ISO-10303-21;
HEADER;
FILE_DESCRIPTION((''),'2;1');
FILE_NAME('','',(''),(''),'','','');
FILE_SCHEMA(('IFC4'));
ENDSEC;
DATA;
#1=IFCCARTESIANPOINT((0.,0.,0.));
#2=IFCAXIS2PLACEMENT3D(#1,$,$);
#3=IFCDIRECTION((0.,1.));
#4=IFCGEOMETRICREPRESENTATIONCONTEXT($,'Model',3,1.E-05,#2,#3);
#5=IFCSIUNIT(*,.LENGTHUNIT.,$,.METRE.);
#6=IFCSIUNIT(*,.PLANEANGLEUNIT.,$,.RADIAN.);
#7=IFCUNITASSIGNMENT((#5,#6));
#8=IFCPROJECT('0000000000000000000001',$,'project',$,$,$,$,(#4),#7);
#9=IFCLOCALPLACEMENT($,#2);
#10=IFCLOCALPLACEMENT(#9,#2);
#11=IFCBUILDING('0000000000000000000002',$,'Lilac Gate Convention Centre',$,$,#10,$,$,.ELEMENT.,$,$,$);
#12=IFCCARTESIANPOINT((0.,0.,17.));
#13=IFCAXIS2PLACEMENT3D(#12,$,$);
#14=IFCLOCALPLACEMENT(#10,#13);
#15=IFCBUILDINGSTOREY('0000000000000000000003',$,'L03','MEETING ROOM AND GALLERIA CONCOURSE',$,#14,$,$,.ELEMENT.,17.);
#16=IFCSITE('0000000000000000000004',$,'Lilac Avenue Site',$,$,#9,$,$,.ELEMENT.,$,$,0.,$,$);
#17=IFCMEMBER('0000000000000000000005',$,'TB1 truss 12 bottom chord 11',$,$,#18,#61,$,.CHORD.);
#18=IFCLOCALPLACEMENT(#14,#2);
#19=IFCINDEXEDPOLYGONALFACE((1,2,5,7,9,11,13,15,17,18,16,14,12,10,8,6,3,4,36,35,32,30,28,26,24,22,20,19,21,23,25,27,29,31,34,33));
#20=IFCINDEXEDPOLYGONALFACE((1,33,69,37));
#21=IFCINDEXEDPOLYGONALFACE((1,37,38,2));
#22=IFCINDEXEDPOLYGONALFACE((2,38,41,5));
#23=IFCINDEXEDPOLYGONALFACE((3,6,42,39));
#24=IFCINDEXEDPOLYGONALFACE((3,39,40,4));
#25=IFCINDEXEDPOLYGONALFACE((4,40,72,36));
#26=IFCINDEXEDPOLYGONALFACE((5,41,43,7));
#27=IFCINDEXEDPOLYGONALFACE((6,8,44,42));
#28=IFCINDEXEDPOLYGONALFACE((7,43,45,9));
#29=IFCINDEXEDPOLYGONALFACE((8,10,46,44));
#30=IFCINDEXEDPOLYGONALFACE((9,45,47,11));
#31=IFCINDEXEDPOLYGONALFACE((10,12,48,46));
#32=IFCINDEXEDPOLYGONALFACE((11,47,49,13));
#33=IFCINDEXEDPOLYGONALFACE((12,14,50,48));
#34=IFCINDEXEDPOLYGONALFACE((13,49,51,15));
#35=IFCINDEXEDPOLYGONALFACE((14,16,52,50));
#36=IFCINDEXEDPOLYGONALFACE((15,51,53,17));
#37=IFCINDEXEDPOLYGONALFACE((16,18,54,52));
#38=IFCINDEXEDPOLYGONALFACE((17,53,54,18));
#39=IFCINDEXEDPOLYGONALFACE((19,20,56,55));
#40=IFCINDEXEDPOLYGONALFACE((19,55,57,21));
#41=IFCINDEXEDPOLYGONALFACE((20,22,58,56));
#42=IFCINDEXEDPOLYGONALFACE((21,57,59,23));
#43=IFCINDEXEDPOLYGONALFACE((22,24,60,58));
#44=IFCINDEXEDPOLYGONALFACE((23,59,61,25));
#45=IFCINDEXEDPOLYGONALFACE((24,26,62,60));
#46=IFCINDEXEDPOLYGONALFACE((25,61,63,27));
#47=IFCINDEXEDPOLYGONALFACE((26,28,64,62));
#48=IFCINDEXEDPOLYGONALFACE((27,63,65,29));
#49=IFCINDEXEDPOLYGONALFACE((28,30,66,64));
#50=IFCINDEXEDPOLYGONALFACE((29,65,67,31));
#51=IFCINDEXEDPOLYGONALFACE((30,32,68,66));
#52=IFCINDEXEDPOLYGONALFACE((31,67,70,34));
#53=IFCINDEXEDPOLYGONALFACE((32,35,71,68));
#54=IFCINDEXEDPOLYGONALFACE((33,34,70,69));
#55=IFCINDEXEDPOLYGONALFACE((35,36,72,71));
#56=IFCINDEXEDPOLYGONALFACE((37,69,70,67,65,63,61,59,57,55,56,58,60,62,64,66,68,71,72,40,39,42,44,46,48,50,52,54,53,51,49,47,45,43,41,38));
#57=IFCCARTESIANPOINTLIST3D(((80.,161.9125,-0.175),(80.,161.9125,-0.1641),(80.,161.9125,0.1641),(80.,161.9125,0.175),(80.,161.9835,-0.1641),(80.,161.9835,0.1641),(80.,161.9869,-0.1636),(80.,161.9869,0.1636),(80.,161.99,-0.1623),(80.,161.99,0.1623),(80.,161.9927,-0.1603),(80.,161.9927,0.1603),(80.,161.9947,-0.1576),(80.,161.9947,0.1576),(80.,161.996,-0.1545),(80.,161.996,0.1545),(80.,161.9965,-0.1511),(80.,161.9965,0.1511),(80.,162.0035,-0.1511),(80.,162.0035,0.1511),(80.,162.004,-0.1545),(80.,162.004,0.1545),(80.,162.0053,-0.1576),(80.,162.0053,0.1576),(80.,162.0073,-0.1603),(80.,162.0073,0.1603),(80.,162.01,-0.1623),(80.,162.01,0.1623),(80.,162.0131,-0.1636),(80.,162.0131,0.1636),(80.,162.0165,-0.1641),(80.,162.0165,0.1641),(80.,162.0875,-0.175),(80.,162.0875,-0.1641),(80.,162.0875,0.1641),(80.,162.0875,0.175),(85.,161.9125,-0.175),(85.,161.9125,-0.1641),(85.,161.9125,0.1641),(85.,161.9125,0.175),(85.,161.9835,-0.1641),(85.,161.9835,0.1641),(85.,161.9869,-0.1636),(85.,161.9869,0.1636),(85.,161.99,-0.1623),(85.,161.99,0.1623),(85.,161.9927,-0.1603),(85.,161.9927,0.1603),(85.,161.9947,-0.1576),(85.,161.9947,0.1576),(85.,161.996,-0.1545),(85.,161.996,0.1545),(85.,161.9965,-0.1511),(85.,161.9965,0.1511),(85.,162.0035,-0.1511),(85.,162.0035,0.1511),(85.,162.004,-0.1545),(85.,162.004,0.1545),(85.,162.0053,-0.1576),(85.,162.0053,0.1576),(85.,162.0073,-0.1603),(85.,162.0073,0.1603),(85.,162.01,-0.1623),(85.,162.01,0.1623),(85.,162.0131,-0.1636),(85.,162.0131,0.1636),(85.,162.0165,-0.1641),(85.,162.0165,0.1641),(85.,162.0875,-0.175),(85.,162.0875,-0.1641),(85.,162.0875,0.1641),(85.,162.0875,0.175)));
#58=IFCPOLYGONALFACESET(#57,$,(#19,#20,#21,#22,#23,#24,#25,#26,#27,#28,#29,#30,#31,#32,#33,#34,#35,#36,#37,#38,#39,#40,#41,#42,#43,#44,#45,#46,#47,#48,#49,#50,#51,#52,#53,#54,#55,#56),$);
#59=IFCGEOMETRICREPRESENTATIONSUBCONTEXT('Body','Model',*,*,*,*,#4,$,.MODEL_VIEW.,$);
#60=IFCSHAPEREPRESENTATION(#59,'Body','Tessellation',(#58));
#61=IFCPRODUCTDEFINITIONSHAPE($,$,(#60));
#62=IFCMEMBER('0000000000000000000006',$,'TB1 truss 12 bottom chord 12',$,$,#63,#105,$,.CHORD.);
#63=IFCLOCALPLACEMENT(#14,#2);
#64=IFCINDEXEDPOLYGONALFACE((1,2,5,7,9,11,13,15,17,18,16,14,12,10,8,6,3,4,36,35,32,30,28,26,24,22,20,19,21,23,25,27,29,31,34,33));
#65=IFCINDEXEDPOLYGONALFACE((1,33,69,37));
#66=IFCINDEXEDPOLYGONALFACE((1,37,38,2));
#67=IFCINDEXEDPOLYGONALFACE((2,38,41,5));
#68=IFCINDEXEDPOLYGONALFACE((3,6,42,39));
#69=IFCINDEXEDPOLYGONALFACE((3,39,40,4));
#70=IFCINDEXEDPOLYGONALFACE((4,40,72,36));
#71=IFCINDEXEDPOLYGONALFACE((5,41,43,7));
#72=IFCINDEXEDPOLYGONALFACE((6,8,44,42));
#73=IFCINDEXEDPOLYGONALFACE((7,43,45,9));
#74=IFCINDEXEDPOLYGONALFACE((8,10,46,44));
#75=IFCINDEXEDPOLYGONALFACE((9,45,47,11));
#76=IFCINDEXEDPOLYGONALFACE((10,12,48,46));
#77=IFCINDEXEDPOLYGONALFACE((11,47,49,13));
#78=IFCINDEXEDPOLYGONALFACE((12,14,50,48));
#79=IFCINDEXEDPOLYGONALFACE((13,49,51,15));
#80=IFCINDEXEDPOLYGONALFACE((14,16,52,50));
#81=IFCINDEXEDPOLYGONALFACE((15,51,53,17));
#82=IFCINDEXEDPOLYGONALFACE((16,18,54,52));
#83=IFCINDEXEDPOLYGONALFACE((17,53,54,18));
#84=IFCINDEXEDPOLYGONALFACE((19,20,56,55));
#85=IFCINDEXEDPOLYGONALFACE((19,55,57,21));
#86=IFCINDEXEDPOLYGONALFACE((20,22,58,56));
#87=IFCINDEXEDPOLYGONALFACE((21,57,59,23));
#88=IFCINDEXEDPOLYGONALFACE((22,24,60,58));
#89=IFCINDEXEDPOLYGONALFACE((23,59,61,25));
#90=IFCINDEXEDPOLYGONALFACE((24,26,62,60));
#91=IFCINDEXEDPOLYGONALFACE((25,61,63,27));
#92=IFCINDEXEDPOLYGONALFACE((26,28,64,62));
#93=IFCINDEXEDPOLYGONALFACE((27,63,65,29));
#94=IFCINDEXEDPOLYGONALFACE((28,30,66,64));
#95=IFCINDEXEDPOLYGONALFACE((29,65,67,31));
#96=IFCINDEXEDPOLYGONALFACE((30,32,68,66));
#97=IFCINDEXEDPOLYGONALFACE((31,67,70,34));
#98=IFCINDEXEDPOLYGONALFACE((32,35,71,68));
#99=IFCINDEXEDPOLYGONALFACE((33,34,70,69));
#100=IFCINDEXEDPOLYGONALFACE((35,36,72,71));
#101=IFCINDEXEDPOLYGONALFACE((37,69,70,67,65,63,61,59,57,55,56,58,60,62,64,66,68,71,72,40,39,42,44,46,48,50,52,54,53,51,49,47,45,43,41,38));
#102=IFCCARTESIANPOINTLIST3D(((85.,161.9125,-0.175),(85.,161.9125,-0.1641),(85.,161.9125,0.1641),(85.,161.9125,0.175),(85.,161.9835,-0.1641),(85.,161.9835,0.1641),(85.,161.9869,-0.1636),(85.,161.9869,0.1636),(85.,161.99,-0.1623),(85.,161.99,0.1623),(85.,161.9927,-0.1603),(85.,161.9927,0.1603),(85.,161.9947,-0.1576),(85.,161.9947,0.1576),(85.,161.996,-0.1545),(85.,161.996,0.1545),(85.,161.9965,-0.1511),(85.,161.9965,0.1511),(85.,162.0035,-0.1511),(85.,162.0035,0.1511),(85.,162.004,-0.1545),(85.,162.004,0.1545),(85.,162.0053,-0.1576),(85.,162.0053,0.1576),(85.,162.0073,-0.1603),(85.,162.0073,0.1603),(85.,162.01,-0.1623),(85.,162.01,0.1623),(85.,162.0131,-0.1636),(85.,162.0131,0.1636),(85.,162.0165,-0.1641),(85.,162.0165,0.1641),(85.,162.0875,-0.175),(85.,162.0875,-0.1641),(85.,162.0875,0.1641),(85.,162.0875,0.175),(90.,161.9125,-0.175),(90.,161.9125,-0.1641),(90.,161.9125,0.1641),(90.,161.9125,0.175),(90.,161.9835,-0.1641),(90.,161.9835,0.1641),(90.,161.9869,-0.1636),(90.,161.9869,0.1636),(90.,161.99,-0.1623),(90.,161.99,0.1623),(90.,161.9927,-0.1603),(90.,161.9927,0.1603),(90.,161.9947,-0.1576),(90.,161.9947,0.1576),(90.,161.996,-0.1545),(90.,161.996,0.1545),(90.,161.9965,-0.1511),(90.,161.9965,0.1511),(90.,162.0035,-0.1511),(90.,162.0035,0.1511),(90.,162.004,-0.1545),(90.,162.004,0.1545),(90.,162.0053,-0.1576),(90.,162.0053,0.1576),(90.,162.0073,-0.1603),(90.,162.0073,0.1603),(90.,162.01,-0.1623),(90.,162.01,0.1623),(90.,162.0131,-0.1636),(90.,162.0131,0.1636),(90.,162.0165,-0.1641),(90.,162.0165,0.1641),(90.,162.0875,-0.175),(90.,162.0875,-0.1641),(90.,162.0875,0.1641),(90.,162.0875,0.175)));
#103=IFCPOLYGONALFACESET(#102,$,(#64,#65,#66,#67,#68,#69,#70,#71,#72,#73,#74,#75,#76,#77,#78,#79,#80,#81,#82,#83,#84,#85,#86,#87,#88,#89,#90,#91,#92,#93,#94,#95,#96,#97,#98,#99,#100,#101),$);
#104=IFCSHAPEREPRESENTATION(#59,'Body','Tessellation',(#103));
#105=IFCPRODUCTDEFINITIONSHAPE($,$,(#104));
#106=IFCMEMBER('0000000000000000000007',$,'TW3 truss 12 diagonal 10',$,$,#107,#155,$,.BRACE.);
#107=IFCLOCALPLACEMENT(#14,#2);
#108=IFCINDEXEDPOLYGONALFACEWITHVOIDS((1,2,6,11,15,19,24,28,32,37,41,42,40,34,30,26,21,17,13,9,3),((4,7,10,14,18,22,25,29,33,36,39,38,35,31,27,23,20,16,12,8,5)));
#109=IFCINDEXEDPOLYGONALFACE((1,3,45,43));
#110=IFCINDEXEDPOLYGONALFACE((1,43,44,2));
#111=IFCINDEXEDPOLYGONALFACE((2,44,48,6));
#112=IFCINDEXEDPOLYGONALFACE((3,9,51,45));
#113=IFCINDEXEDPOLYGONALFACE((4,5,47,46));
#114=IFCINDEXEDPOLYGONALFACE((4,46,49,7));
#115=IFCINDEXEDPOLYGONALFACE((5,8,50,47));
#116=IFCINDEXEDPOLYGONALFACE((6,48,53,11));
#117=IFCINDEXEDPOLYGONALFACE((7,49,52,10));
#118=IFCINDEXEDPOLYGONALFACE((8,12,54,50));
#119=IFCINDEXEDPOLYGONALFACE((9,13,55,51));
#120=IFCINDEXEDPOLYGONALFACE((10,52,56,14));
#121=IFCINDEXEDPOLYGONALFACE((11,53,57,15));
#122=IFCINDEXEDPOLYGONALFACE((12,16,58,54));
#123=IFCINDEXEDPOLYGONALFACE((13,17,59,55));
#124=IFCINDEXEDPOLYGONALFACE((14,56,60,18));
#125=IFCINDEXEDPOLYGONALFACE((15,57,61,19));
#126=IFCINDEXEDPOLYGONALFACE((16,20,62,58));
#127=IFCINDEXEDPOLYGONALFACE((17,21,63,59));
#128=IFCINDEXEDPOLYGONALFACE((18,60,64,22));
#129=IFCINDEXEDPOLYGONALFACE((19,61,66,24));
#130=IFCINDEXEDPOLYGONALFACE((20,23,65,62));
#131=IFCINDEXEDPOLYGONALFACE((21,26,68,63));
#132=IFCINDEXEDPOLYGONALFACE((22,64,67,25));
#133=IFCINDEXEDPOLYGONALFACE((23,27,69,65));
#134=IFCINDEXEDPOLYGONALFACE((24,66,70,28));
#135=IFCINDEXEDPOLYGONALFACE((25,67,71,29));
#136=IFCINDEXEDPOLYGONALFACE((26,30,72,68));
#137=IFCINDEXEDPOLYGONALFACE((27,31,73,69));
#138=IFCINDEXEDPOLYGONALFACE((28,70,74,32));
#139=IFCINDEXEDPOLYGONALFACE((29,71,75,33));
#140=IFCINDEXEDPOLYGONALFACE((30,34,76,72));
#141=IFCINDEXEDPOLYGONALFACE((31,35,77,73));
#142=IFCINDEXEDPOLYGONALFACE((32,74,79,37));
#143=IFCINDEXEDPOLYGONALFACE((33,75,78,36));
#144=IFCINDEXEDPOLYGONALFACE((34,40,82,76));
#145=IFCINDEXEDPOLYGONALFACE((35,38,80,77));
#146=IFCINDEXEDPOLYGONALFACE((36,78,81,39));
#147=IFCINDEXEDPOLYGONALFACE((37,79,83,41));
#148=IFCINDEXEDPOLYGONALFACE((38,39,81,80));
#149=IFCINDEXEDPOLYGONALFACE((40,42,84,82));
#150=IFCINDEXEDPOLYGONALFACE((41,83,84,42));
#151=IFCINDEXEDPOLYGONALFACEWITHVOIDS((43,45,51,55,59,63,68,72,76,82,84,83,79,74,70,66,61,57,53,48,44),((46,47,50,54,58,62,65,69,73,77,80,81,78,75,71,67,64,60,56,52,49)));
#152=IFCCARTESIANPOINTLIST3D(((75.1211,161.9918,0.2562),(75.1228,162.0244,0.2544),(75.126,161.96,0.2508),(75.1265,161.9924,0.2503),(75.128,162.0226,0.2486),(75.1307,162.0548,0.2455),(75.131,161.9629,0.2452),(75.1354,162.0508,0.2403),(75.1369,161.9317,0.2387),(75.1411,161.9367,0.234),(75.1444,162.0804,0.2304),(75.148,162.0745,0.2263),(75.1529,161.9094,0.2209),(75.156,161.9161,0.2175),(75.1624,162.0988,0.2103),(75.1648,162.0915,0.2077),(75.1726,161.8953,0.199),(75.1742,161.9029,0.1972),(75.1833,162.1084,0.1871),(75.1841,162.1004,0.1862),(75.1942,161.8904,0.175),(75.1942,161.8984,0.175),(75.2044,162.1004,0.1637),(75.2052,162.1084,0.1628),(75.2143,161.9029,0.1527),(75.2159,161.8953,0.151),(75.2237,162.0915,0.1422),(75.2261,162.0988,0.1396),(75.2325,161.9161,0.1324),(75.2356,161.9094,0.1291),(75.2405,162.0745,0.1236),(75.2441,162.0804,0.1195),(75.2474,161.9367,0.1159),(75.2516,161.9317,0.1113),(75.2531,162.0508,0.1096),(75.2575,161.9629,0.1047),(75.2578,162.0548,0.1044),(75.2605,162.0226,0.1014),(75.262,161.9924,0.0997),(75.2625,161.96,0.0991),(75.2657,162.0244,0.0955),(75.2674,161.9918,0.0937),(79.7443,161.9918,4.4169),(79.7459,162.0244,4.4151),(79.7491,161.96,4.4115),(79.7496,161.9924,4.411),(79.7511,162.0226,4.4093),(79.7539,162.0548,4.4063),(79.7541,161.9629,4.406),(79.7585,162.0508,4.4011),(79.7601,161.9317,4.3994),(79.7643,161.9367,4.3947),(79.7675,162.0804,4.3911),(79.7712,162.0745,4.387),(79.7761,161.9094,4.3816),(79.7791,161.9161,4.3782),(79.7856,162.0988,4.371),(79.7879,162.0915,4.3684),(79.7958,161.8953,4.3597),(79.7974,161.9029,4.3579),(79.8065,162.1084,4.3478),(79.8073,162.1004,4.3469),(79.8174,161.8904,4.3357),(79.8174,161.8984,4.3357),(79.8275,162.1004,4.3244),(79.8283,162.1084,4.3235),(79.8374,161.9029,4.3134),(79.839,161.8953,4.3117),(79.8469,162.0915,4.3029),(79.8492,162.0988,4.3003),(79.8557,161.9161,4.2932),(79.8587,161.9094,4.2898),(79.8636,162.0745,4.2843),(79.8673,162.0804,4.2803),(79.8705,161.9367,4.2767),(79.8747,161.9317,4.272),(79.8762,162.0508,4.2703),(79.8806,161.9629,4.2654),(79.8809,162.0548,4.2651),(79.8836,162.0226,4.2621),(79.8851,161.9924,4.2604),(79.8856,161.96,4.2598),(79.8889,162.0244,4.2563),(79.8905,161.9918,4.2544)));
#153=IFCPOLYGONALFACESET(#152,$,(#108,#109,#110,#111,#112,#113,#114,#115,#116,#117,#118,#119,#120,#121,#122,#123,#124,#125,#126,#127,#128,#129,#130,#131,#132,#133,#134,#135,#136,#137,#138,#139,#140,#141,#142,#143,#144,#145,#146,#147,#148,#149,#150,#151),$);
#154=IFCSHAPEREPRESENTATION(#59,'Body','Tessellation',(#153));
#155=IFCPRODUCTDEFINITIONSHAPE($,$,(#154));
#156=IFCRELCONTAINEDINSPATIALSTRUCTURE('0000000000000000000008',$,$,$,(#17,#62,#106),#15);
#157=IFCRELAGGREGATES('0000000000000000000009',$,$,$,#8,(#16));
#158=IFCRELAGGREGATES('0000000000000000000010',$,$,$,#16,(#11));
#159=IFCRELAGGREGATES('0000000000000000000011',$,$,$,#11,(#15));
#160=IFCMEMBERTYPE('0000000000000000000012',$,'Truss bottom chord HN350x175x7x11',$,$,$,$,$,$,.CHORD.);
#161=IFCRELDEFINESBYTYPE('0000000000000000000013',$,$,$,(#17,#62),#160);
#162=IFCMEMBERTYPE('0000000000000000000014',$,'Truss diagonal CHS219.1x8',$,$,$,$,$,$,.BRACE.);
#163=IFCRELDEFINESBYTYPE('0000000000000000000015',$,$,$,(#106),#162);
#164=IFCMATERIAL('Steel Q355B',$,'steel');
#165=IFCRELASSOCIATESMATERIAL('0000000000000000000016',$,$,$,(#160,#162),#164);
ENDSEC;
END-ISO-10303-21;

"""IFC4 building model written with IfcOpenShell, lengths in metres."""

from ifc_helpers import new_model, si_unit, direction, frame, origin, origin_2d, place, context, subcontext, project, spatial, hollow_circle, i_section, extrude, material, material_profile, profile_set, type_object, element, save


model = new_model("IFC4")

# Units and contexts
model_context = context("Model", 3, precision=1e-05, world=origin(), true_north=direction((0.0, 1.0)))
body_context = subcontext(model_context, "Body", "Model", "MODEL_VIEW")
ifc_project = project(units=[si_unit("LENGTHUNIT", "METRE"), si_unit("PLANEANGLEUNIT", "RADIAN")], contexts=[model_context])

# Site, building, storey
site_placement = place(None, origin())
site = spatial("IfcSite", under=ifc_project, at=site_placement, Name="Lilac Avenue Site", CompositionType="ELEMENT", RefElevation=0.0)
building_placement = place(site_placement, origin())
building = spatial("IfcBuilding", under=site, at=building_placement, Name="Lilac Gate Convention Centre", CompositionType="ELEMENT")
storey_placement = place(building_placement, frame((0.0, 0.0, 17.0)))
storey = spatial("IfcBuildingStorey", under=building, at=storey_placement, Name="L03", Description="MEETING ROOM AND GALLERIA CONCOURSE", CompositionType="ELEMENT", Elevation=17.0)

# Members
ifc_material_1 = material(Name="Steel Q355B", Category="steel")
ifc_material_profile_1 = material_profile(ifc_material_1, i_section(OverallWidth=0.175, OverallDepth=0.3501, WebThickness=0.0071, FlangeThickness=0.011, FilletRadius=0.0129, at=origin_2d()), Name="HN350x175x7x11")
ifc_profile_set_1 = profile_set([ifc_material_profile_1], Name="Steel Q355B")
member_type_1 = type_object("IfcMemberType", Name="Truss bottom chord HN350x175x7x11", PredefinedType="CHORD", material=ifc_profile_set_1)
for number, where, z_axis, x_axis, name in (
    (1, (80.0, 162.0, 0.0), (1.0, 0.0, 0.0), (0.0, 1.0, 0.0), "TB1 truss 12 bottom chord 11"),
    (2, (85.0, 162.0, 0.0), (1.0, 0.0, 0.0), (0.0, 1.0, 0.0), "TB1 truss 12 bottom chord 12"),
):
    element("IfcMember", number, at=place(storey_placement, frame(where, z_axis=z_axis, x_axis=x_axis)), inside=storey, type_object=member_type_1, Name=name, PredefinedType="CHORD", context=body_context, shape_type="SweptSolid", body=[
        extrude(i_section(OverallWidth=0.175, OverallDepth=0.3501, WebThickness=0.0071, FlangeThickness=0.011, FilletRadius=0.0129, at=origin_2d()), origin(), (0.0, 0.0, 1.0), 5.0),
    ])
ifc_material_profile_2 = material_profile(ifc_material_1, hollow_circle(Radius=0.1096, WallThickness=0.0081, at=origin_2d()), Name="CHS219.1x8")
ifc_profile_set_2 = profile_set([ifc_material_profile_2], Name="Steel Q355B")
member_type_2 = type_object("IfcMemberType", Name="Truss diagonal CHS219.1x8", PredefinedType="BRACE", material=ifc_profile_set_2)
member_1_placement = place(storey_placement, frame((79.8174, 162.0, 4.3357), z_axis=(-0.743302, 0.0, -0.668956), x_axis=(0.0, -1.0, 0.0)))
element("IfcMember", 3, at=member_1_placement, inside=storey, type_object=member_type_2, Name="TW3 truss 12 diagonal 10", PredefinedType="BRACE", context=body_context, shape_type="SweptSolid", body=[
    extrude(hollow_circle(Radius=0.1096, WallThickness=0.0081, at=origin_2d()), origin(), (0.0, 0.0, 1.0), 6.2197),
])

save(model, "model.ifc")
